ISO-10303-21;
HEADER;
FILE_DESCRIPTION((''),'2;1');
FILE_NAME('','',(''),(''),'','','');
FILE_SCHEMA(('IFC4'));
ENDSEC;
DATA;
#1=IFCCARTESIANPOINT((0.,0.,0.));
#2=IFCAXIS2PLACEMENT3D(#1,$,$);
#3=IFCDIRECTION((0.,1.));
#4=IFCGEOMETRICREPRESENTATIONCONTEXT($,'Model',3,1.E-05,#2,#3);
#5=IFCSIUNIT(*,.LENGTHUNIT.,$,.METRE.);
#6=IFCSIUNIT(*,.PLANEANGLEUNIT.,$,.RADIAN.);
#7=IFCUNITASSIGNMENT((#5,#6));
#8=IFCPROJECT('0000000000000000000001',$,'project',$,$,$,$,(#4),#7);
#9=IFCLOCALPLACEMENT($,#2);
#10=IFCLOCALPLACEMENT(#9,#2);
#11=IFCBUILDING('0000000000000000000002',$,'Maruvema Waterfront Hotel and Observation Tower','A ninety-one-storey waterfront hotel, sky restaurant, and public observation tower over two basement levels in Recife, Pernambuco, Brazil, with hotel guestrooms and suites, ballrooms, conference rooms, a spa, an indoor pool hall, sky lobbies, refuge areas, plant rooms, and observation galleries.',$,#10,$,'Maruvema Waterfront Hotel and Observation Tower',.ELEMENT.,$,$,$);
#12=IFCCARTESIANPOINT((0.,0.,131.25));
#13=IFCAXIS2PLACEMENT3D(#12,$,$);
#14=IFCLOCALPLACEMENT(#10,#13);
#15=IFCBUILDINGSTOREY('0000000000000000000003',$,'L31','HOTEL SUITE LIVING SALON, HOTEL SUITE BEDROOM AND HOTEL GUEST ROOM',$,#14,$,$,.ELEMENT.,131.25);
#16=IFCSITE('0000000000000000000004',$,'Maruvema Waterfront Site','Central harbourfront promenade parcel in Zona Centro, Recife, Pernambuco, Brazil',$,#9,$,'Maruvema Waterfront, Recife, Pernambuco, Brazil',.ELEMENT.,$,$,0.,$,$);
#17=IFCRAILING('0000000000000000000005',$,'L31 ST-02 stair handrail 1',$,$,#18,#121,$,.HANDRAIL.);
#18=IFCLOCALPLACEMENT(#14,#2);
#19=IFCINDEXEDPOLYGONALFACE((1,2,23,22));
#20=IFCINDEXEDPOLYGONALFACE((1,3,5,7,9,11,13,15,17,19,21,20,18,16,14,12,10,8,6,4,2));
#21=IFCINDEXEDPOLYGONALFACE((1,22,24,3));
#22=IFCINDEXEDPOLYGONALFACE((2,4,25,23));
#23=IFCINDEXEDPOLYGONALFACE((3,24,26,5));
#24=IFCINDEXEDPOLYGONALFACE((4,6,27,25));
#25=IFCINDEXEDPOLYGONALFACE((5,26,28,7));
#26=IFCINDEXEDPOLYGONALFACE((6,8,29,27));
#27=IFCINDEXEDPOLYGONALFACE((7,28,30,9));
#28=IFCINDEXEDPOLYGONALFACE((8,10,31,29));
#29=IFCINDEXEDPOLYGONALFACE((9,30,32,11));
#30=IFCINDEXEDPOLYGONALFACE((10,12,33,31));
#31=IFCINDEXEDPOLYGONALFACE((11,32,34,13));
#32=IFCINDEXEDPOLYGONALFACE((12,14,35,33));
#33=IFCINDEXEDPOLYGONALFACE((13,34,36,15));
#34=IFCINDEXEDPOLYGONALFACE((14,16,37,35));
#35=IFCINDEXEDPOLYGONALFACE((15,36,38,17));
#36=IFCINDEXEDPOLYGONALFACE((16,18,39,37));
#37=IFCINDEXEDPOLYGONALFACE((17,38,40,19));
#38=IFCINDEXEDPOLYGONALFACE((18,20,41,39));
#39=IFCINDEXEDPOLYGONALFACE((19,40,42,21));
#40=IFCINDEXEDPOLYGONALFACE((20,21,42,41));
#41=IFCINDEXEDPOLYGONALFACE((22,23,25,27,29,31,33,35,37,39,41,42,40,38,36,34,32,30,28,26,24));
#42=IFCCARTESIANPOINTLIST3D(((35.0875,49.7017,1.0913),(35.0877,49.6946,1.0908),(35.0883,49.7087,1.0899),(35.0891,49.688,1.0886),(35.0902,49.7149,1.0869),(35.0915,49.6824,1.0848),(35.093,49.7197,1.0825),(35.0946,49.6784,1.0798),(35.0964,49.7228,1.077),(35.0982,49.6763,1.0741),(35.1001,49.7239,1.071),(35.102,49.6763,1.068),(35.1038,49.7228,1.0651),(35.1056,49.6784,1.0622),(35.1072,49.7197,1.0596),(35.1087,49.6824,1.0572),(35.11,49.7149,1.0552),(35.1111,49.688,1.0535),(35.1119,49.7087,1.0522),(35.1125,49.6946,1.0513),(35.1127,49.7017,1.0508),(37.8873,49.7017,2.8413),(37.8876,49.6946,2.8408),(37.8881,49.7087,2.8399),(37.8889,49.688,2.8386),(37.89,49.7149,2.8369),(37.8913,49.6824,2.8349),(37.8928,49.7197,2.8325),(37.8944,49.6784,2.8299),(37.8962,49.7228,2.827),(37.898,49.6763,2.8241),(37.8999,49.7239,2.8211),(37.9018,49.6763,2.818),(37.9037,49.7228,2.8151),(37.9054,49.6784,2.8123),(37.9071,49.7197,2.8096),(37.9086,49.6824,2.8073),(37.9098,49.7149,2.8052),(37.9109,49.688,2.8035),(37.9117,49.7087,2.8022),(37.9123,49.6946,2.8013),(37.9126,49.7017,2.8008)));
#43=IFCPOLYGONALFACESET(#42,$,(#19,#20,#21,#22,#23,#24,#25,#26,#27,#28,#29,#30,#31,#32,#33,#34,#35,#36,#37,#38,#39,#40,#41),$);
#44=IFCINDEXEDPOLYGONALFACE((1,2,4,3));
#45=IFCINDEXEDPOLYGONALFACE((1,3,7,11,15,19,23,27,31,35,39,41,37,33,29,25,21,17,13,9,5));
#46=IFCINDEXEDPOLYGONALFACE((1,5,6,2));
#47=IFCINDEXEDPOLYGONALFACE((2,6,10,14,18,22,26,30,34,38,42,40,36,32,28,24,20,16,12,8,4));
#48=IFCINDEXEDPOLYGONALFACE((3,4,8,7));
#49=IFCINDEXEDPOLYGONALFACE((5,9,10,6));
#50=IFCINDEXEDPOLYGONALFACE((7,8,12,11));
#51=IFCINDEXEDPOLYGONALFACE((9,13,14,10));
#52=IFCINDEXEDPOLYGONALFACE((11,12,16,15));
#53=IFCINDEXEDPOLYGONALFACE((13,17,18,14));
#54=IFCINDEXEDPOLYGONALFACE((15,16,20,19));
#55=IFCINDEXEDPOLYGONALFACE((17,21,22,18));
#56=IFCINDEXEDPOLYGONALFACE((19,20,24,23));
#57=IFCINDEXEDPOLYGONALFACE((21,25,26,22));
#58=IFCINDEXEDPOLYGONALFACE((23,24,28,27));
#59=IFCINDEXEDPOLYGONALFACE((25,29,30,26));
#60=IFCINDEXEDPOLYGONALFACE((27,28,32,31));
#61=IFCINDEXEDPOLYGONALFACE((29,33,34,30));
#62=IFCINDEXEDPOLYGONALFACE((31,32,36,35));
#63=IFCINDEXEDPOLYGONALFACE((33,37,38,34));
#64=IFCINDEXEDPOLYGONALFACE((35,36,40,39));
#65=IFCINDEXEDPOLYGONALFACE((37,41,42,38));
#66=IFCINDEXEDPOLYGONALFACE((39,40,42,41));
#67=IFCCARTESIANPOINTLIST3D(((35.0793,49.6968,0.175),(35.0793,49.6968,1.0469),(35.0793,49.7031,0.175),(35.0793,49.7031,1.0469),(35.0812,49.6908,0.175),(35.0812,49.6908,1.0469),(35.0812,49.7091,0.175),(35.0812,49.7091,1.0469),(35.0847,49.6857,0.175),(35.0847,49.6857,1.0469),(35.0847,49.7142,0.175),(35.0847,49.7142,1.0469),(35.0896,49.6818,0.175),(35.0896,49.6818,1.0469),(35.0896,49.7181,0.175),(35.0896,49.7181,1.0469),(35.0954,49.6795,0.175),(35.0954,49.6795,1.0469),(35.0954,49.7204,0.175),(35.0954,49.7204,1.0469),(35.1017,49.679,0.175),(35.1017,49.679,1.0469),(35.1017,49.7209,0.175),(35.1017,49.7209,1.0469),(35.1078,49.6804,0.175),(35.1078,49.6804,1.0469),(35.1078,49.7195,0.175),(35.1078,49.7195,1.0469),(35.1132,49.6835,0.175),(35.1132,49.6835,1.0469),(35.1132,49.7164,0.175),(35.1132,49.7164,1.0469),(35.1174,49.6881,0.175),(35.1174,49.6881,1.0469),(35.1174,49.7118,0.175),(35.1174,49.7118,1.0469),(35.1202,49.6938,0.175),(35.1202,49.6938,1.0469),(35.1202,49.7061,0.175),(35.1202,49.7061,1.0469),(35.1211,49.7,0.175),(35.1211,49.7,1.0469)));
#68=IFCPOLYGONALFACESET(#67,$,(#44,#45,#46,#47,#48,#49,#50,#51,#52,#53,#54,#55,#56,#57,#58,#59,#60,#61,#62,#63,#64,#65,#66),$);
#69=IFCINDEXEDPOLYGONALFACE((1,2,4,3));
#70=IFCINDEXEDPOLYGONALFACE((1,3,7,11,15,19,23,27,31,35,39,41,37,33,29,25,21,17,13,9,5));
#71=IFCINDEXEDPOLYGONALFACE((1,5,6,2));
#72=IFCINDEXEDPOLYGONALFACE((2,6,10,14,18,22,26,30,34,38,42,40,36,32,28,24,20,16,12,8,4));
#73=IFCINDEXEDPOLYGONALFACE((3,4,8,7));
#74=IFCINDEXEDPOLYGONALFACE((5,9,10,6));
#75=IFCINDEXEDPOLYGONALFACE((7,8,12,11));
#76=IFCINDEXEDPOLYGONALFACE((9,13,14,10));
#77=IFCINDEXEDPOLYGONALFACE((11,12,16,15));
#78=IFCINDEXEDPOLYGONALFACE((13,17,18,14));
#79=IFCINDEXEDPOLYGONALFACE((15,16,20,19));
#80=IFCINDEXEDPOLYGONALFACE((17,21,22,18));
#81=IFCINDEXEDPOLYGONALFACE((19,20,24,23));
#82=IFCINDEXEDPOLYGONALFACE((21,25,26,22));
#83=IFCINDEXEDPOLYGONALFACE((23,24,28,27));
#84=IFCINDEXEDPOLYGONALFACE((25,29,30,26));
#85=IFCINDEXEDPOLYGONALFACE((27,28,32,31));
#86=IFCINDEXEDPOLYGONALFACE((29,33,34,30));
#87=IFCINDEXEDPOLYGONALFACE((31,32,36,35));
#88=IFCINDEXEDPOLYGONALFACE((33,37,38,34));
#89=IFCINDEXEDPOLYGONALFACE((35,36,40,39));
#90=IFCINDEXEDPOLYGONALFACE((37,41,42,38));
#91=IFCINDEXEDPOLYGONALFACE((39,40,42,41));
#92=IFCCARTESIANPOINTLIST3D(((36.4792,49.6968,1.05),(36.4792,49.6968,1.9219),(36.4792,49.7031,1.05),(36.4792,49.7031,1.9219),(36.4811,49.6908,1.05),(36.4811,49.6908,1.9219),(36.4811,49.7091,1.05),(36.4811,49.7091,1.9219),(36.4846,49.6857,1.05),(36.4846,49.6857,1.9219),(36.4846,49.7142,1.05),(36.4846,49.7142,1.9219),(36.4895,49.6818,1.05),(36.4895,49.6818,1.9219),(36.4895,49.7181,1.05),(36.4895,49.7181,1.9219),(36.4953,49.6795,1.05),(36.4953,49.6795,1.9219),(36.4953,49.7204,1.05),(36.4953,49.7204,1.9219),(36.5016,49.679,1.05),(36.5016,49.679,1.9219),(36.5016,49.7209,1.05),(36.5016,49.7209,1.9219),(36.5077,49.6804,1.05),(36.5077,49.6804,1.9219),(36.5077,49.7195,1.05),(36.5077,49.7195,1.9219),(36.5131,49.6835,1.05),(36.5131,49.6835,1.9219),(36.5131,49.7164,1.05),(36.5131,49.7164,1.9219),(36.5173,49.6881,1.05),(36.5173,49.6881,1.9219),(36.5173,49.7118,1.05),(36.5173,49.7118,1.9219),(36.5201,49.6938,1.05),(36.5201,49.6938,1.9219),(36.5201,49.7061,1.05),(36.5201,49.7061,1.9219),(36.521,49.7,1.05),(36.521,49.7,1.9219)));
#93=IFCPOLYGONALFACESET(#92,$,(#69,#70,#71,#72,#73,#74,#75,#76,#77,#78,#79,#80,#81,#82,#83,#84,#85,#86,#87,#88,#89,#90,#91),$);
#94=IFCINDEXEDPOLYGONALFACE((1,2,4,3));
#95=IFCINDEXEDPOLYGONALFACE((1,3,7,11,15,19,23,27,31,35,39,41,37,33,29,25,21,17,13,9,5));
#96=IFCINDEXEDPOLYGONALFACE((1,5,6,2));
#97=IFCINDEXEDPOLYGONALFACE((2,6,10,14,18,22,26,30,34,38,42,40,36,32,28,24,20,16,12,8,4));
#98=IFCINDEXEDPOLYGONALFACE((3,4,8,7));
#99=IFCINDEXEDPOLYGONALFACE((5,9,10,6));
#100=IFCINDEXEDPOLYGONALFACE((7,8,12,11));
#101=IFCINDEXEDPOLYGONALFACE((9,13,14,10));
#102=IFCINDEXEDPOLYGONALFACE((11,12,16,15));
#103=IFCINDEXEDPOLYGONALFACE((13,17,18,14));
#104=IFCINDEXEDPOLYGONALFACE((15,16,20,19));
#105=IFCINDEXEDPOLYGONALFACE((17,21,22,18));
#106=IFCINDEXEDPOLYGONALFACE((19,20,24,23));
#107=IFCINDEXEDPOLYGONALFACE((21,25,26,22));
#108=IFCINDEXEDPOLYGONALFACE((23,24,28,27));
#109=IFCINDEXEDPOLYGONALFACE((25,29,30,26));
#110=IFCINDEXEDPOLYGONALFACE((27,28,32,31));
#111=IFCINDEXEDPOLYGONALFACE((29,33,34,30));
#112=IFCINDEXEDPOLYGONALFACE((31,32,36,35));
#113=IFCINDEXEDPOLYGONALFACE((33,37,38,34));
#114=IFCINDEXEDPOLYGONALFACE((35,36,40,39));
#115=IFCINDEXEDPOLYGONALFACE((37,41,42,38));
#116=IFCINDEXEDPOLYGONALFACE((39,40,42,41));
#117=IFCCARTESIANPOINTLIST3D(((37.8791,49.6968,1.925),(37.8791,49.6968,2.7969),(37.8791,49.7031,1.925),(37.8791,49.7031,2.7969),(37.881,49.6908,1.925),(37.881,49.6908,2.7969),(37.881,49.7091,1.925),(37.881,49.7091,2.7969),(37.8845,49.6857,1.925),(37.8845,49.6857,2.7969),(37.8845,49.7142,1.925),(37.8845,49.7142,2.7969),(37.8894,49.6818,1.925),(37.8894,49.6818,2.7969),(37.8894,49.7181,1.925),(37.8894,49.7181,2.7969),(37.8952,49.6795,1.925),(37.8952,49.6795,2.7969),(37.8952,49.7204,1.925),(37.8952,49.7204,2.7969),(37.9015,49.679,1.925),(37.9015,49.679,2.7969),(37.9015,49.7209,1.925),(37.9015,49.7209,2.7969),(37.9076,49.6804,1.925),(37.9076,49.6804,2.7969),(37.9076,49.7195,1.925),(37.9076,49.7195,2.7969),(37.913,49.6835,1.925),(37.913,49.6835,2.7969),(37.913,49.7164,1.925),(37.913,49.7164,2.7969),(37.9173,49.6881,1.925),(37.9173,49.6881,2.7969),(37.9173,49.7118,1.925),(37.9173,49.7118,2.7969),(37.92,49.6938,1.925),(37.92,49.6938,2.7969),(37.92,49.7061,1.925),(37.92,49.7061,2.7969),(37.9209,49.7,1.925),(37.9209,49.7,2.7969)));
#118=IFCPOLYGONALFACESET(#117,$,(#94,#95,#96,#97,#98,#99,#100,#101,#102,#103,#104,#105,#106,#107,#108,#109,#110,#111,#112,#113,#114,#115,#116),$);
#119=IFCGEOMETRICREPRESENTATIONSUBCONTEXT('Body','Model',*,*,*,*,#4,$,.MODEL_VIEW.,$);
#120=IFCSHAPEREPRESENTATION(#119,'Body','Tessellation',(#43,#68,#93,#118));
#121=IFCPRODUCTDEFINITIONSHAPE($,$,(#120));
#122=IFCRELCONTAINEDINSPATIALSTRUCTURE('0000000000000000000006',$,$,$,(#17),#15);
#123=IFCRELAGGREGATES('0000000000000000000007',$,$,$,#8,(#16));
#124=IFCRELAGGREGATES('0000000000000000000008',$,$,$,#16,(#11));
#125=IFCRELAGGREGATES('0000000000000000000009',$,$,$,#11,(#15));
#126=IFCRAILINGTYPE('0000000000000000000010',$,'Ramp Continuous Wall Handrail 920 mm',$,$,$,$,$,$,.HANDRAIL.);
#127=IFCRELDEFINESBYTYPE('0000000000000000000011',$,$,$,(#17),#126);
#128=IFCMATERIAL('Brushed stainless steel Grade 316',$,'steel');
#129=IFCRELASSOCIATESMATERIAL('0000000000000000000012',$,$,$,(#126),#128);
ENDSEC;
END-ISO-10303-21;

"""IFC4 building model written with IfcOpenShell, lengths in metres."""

from ifc_helpers import new_model, si_unit, direction, frame, origin, origin_2d, place, context, subcontext, project, spatial, circle, extrude, material, type_object, element, save


model = new_model("IFC4")

# Units and contexts
model_context = context("Model", 3, precision=1e-05, world=origin(), true_north=direction((0.0, 1.0)))
body_context = subcontext(model_context, "Body", "Model", "MODEL_VIEW")
ifc_project = project(units=[si_unit("LENGTHUNIT", "METRE"), si_unit("PLANEANGLEUNIT", "RADIAN")], contexts=[model_context])

# Site, building, storey
site_placement = place(None, origin())
site = spatial("IfcSite", under=ifc_project, at=site_placement, Name="Maruvema Waterfront Site", Description="Central harbourfront promenade parcel in Zona Centro, Recife, Pernambuco, Brazil", LongName="Maruvema Waterfront, Recife, Pernambuco, Brazil", CompositionType="ELEMENT", RefElevation=0.0)
building_placement = place(site_placement, origin())
building = spatial("IfcBuilding", under=site, at=building_placement, Name="Maruvema Waterfront Hotel and Observation Tower", Description="A ninety-one-storey waterfront hotel, sky restaurant, and public observation tower over two basement levels in Recife, Pernambuco, Brazil, with hotel guestrooms and suites, ballrooms, conference rooms, a spa, an indoor pool hall, sky lobbies, refuge areas, plant rooms, and observation galleries.", LongName="Maruvema Waterfront Hotel and Observation Tower", CompositionType="ELEMENT")
storey_placement = place(building_placement, frame((0.0, 0.0, 131.25)))
storey = spatial("IfcBuildingStorey", under=building, at=storey_placement, Name="L31", Description="HOTEL SUITE LIVING SALON, HOTEL SUITE BEDROOM AND HOTEL GUEST ROOM", CompositionType="ELEMENT", Elevation=131.25)

# Railing
ifc_material_1 = material(Name="Brushed stainless steel Grade 316", Category="steel")
railing_type_1 = type_object("IfcRailingType", Name="Ramp Continuous Wall Handrail 920 mm", PredefinedType="HANDRAIL", material=ifc_material_1)
railing_1_placement = place(storey_placement, frame((35.1001, 49.7, 0.175)))
element("IfcRailing", 1, at=railing_1_placement, inside=storey, type_object=railing_type_1, Name="L31 ST-02 stair handrail 1", PredefinedType="HANDRAIL", context=body_context, shape_type="SweptSolid", body=[
    extrude(circle(Radius=0.0239, at=origin_2d()), frame((0.0, 0.0, 0.896), z_axis=(0.847982, 0.0, 0.530026), x_axis=(0.0, 1.0, 0.0)), (0.0, 0.0, 1.0), 3.3018),
    extrude(circle(Radius=0.021, at=origin_2d()), origin(), (0.0, 0.0, 1.0), 0.8718),
    extrude(circle(Radius=0.021, at=origin_2d()), frame((1.3999, 0.0, 0.875)), (0.0, 0.0, 1.0), 0.8718),
    extrude(circle(Radius=0.021, at=origin_2d()), frame((2.7998, 0.0, 1.75)), (0.0, 0.0, 1.0), 0.8718),
])

save(model, "model.ifc")
